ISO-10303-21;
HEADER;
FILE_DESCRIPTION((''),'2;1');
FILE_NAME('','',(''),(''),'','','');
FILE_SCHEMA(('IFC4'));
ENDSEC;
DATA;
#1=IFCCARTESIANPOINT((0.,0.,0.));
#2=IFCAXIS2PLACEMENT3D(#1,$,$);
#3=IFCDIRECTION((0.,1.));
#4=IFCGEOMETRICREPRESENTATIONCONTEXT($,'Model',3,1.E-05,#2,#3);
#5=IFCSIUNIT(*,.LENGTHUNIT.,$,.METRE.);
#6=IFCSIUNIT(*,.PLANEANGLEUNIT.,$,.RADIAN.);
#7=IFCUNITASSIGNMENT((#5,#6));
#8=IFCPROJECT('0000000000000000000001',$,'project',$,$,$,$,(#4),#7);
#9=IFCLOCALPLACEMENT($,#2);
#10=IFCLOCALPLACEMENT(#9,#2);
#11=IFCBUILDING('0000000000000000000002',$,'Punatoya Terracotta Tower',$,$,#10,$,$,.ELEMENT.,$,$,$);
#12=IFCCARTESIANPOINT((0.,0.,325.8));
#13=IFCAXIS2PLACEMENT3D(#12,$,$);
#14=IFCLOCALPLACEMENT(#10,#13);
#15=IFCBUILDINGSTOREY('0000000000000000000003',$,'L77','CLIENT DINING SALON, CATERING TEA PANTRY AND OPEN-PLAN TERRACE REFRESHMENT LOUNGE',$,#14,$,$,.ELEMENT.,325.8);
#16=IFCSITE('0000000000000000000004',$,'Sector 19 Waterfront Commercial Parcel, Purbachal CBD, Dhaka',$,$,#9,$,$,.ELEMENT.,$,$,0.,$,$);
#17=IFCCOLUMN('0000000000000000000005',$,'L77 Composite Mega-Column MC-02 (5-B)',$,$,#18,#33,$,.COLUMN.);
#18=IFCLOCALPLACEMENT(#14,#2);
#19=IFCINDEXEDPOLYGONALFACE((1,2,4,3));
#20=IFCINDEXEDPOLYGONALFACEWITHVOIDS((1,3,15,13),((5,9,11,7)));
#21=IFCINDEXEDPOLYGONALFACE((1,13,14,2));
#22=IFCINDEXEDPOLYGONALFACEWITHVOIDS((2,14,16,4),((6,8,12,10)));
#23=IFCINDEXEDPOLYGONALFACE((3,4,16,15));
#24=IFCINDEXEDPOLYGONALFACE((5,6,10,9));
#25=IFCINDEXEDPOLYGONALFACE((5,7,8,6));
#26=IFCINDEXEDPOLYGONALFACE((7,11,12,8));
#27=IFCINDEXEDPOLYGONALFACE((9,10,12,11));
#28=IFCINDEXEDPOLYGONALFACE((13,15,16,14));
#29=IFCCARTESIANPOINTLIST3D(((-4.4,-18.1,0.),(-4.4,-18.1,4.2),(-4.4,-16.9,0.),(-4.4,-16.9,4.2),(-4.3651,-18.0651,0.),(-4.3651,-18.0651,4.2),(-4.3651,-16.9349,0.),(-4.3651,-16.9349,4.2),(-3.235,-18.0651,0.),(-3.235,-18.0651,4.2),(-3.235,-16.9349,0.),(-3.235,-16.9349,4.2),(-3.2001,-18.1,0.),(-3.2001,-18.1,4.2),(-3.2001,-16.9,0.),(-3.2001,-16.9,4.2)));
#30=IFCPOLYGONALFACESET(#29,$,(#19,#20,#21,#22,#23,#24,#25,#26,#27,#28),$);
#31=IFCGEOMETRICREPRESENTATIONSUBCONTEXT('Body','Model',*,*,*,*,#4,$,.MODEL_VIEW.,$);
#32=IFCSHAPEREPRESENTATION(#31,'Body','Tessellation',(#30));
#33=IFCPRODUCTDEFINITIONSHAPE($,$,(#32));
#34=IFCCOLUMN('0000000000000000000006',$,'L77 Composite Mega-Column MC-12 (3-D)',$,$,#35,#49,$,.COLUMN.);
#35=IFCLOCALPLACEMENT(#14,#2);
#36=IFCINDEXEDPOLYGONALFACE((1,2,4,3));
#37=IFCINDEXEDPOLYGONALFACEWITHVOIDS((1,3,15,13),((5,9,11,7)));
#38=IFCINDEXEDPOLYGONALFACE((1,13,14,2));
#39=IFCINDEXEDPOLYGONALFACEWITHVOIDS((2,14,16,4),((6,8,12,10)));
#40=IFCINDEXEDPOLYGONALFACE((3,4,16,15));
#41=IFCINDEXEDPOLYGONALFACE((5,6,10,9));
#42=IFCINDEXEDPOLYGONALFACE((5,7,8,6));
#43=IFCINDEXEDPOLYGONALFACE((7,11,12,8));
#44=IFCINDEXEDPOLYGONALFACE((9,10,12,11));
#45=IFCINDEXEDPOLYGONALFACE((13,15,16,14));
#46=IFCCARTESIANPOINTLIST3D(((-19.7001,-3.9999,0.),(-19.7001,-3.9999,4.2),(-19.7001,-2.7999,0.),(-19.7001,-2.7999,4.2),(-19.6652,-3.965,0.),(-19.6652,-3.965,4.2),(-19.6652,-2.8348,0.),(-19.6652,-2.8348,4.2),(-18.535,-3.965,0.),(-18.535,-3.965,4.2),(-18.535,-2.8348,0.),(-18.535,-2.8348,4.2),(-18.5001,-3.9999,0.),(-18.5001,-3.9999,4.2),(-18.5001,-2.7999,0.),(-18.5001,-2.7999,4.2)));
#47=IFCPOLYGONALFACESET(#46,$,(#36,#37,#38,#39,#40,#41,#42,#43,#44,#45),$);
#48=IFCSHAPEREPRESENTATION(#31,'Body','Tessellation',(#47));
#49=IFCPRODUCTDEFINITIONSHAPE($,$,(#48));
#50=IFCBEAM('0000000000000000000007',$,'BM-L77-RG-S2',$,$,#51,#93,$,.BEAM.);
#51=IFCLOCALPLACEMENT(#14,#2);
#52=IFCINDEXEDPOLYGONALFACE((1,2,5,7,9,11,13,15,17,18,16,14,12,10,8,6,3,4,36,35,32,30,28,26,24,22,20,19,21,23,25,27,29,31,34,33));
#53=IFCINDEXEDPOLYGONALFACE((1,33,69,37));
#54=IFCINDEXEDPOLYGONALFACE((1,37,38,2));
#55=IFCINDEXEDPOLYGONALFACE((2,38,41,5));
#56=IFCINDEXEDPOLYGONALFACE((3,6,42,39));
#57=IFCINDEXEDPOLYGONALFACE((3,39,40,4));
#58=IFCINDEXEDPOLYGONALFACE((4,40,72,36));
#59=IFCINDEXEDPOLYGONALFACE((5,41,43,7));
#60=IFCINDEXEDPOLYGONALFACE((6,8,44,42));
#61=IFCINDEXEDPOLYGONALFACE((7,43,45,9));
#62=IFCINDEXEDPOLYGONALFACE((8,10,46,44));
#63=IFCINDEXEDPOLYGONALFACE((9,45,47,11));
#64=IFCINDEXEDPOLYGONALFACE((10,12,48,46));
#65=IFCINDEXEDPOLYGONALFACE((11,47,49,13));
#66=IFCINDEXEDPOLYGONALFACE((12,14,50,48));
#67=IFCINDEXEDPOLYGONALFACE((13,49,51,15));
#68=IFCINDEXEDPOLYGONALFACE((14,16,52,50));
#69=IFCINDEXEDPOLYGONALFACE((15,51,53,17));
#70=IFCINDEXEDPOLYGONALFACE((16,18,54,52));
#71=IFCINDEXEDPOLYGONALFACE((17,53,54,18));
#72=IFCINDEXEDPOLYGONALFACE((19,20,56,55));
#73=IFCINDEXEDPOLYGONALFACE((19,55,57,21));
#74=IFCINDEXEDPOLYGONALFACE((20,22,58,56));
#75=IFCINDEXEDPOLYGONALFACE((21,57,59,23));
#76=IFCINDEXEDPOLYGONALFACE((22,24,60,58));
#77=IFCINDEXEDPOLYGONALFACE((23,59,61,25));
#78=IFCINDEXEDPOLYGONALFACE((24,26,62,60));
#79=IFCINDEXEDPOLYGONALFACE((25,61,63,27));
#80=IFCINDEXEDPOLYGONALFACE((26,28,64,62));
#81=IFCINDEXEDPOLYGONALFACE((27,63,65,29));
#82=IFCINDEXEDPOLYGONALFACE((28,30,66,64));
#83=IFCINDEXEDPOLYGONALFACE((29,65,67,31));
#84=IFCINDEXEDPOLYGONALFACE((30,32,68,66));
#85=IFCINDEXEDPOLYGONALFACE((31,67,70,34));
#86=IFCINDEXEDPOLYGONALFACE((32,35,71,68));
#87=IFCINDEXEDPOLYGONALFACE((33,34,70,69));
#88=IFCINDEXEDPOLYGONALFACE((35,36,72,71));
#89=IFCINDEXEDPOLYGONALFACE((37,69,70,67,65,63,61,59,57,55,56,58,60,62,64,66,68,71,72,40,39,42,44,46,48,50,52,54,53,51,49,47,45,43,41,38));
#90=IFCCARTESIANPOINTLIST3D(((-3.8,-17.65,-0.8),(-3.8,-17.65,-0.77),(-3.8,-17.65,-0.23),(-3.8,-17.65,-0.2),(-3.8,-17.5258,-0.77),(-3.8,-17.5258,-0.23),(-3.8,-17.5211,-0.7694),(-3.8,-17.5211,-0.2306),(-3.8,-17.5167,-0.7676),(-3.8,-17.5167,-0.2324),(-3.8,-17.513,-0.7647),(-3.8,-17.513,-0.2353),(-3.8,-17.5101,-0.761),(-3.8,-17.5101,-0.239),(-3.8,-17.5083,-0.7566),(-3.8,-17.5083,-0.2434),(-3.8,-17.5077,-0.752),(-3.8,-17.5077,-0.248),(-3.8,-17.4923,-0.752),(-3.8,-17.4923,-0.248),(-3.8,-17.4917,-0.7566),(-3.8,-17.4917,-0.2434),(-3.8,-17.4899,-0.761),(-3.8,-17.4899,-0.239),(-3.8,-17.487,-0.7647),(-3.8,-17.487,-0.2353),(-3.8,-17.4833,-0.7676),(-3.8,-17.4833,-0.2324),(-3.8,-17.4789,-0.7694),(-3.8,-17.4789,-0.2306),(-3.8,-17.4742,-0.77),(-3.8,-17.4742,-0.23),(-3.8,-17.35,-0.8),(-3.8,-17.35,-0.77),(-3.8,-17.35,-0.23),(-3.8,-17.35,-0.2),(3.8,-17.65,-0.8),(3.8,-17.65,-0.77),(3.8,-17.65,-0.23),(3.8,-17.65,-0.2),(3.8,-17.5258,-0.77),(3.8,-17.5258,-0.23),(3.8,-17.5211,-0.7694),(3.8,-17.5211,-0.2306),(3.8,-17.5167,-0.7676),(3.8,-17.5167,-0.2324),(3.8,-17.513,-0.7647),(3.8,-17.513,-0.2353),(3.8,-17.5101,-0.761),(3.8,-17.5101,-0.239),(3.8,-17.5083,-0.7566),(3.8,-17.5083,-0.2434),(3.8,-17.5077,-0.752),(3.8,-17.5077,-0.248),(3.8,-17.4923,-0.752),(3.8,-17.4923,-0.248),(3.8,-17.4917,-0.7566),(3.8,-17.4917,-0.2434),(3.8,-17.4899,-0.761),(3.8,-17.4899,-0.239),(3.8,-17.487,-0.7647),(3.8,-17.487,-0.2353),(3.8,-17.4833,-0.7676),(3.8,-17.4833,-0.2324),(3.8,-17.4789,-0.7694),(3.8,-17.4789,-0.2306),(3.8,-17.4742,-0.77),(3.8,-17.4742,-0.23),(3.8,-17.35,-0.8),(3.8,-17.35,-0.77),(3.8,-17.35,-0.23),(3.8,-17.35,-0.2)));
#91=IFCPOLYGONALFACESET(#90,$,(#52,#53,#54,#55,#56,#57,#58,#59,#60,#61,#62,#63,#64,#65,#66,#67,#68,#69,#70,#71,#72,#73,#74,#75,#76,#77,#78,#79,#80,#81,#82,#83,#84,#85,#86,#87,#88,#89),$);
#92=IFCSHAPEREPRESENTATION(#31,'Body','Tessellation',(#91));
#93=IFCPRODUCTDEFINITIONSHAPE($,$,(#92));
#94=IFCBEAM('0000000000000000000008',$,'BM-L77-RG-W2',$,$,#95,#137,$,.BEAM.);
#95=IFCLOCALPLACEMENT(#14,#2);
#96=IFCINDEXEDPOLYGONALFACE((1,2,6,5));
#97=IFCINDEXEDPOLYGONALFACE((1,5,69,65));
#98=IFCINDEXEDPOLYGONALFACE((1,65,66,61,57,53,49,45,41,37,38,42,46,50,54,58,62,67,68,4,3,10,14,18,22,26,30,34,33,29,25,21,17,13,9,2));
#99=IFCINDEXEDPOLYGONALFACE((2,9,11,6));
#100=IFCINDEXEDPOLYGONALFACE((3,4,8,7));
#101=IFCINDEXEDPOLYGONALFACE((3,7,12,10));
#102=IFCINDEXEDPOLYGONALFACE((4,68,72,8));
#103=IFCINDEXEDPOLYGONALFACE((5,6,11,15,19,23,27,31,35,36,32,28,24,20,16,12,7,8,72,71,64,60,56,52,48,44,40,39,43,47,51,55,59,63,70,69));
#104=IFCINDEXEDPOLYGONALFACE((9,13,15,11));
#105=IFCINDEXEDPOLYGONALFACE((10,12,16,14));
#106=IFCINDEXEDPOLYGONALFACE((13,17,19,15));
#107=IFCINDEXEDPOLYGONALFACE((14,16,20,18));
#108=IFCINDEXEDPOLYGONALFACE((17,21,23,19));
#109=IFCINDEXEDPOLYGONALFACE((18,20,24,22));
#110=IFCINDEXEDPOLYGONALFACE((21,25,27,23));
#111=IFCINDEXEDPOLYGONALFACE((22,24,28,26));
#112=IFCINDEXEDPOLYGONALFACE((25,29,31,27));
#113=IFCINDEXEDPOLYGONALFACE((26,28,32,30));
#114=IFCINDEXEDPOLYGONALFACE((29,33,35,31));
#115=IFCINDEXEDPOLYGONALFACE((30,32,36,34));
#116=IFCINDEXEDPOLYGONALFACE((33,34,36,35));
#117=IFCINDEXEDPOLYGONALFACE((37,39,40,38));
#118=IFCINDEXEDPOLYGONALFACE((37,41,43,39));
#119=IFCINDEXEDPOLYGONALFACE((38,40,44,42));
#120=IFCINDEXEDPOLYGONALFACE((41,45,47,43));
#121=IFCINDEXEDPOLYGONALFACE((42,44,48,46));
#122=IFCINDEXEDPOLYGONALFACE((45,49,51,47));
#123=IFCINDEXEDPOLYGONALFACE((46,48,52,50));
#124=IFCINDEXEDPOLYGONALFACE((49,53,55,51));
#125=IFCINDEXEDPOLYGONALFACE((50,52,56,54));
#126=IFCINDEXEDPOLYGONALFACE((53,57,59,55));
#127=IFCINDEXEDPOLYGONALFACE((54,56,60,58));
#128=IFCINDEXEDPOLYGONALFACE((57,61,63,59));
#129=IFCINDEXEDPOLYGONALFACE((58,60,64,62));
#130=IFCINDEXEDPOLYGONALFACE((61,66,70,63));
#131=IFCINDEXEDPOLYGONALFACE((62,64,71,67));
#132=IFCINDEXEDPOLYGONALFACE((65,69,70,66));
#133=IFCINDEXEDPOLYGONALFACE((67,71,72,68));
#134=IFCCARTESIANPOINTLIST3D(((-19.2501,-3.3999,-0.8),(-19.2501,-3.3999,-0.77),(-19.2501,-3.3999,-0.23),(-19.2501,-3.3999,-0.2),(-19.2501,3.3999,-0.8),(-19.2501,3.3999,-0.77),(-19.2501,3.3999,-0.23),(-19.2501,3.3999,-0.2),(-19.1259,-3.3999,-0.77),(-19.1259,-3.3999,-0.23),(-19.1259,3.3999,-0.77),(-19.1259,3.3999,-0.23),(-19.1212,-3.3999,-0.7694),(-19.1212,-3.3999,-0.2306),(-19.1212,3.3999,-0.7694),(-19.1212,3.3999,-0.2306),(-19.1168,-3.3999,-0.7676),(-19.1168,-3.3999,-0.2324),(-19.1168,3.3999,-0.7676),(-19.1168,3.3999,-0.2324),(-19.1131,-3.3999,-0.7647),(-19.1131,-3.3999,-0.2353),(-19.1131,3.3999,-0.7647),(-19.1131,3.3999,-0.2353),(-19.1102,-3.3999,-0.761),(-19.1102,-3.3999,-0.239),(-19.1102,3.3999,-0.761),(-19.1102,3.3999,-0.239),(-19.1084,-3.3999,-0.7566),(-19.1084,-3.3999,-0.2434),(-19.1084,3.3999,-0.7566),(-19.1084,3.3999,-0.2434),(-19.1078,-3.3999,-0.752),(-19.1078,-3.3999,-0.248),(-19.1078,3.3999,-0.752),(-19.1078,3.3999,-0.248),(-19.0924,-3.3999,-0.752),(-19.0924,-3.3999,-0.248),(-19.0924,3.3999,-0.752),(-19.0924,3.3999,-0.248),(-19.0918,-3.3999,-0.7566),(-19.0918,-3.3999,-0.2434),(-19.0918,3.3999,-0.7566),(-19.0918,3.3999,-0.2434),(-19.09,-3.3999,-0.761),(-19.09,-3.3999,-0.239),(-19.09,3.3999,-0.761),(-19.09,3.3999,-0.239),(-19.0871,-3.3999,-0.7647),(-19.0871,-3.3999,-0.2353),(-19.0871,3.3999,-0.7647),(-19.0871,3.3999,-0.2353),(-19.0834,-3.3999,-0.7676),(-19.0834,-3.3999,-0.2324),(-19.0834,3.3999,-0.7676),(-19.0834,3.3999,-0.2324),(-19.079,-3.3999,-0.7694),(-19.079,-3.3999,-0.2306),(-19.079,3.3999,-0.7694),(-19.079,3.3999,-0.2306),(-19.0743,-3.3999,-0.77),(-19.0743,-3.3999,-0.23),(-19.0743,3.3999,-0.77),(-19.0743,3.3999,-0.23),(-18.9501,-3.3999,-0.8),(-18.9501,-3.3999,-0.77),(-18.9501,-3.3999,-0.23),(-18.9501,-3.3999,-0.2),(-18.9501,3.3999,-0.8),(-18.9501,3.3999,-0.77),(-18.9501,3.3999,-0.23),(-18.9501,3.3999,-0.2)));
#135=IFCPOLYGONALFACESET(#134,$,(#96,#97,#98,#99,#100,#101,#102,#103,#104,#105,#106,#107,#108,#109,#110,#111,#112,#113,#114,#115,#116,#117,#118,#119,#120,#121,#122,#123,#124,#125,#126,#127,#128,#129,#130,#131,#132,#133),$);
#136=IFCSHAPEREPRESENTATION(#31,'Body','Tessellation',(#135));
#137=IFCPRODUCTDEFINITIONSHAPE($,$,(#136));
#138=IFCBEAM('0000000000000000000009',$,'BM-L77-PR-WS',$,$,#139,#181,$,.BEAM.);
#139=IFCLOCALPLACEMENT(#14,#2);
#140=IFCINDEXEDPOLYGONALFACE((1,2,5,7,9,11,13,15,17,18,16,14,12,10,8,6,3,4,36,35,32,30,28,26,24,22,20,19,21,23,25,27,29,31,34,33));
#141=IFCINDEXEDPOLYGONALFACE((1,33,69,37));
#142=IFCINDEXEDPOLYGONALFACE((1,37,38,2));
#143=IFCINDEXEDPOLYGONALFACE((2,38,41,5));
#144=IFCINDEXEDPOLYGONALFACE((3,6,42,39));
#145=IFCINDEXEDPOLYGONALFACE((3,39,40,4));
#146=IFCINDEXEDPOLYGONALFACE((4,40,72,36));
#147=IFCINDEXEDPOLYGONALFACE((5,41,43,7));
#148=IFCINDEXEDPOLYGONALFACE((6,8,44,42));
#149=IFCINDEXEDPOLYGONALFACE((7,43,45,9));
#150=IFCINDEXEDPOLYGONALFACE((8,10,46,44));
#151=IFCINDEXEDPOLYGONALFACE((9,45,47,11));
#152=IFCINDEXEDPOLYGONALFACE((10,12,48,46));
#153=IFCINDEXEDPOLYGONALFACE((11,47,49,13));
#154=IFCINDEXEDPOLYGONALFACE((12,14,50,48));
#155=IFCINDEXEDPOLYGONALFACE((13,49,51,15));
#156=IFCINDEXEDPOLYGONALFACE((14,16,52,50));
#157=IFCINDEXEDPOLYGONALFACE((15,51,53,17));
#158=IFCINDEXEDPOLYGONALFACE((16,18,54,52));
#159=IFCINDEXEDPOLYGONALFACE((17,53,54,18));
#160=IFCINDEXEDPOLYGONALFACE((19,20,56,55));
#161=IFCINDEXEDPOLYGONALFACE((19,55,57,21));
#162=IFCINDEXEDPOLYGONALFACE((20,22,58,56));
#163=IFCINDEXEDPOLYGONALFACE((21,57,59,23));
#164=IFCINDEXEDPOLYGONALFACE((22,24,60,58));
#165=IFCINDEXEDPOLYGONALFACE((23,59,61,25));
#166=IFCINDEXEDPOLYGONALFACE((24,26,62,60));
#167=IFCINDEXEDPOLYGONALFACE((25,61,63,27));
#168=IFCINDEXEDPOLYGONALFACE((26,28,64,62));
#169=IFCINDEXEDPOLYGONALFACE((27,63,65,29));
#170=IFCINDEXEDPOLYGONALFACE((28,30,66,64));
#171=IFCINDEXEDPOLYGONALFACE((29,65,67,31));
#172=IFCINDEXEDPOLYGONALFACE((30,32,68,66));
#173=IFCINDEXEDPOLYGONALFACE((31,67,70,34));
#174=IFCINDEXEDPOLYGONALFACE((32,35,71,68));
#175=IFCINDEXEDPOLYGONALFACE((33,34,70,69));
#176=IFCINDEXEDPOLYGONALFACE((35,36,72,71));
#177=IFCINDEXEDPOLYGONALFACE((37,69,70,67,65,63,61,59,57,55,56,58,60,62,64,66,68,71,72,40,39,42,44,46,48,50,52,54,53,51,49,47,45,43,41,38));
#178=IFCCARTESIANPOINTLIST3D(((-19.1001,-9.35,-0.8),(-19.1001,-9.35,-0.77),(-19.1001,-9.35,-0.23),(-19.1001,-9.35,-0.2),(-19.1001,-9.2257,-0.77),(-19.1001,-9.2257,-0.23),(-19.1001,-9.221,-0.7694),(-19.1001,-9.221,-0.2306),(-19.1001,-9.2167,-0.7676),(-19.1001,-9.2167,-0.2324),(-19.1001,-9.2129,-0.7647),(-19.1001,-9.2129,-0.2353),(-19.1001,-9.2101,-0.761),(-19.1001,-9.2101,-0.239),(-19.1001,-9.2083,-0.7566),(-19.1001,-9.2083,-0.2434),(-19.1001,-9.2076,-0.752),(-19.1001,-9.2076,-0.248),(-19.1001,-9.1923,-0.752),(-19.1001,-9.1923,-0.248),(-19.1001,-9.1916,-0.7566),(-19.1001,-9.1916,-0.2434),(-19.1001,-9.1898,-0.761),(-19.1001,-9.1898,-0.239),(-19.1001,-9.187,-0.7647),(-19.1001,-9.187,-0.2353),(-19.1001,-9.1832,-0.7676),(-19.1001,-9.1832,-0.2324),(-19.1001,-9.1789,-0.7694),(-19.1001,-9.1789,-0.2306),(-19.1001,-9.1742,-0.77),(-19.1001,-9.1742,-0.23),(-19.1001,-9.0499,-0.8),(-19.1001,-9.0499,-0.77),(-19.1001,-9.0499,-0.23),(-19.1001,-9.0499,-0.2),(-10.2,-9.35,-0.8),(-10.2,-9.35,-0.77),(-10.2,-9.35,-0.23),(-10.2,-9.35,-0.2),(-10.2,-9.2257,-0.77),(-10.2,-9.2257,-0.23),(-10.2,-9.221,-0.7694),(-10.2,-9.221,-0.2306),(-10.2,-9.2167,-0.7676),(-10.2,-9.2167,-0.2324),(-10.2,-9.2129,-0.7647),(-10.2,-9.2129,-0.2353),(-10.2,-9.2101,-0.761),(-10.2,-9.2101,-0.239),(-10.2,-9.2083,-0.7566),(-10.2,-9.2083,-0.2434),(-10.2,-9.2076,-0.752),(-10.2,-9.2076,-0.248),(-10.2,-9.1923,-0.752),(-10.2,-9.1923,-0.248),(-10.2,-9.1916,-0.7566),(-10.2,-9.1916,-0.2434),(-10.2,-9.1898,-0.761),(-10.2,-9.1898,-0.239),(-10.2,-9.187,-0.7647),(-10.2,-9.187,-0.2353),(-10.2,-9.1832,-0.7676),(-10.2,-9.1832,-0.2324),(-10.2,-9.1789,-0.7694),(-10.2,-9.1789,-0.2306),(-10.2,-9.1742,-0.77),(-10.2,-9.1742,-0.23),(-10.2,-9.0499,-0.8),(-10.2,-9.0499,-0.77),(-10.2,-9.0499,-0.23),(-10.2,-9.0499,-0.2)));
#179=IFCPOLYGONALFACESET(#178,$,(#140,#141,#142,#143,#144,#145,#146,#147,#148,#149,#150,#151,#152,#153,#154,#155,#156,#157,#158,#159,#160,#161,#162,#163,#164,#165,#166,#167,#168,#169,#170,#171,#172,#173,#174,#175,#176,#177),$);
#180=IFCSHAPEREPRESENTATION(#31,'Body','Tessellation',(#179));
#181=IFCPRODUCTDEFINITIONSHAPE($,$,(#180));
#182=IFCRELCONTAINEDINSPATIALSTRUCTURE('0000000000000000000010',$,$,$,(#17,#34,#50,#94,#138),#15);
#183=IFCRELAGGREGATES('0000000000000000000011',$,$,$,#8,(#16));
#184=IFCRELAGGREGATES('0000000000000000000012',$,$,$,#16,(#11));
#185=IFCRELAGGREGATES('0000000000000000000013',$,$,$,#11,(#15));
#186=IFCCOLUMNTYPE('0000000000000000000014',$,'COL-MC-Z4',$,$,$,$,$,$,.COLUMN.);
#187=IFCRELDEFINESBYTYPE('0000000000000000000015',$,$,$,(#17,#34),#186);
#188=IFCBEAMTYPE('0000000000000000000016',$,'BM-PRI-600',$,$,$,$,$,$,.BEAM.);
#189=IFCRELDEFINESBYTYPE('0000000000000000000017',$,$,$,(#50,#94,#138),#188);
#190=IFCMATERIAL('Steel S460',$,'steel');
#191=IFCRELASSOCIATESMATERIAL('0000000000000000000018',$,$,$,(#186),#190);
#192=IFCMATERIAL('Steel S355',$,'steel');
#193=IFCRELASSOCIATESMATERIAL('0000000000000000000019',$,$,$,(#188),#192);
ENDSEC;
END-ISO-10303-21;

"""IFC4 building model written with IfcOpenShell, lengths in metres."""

from ifc_helpers import new_model, si_unit, direction, frame, origin, origin_2d, place, context, subcontext, project, spatial, hollow_rectangle, i_section, extrude, material, material_profile, profile_set, type_object, element, save


model = new_model("IFC4")

# Units and contexts
model_context = context("Model", 3, precision=1e-05, world=origin(), true_north=direction((0.0, 1.0)))
body_context = subcontext(model_context, "Body", "Model", "MODEL_VIEW")
ifc_project = project(units=[si_unit("LENGTHUNIT", "METRE"), si_unit("PLANEANGLEUNIT", "RADIAN")], contexts=[model_context])

# Site, building, storey
site_placement = place(None, origin())
site = spatial("IfcSite", under=ifc_project, at=site_placement, Name="Sector 19 Waterfront Commercial Parcel, Purbachal CBD, Dhaka", CompositionType="ELEMENT", RefElevation=0.0)
building_placement = place(site_placement, origin())
building = spatial("IfcBuilding", under=site, at=building_placement, Name="Punatoya Terracotta Tower", CompositionType="ELEMENT")
storey_placement = place(building_placement, frame((0.0, 0.0, 325.8)))
storey = spatial("IfcBuildingStorey", under=building, at=storey_placement, Name="L77", Description="CLIENT DINING SALON, CATERING TEA PANTRY AND OPEN-PLAN TERRACE REFRESHMENT LOUNGE", CompositionType="ELEMENT", Elevation=325.8)

# Columns
ifc_material_1 = material(Name="Steel S460", Category="steel")
ifc_material_profile_1 = material_profile(ifc_material_1, hollow_rectangle(XDim=1.2, YDim=1.2, WallThickness=0.0349, at=origin_2d()))
ifc_profile_set_1 = profile_set([ifc_material_profile_1], Name="Steel S460")
column_type = type_object("IfcColumnType", Name="COL-MC-Z4", PredefinedType="COLUMN", material=ifc_profile_set_1)
for number, where, z_axis, x_axis, name in (
    (1, (-3.8, -17.5, 0.0), (0.0, 0.0, 1.0), (1.0, 0.0, 0.0), "L77 Composite Mega-Column MC-02 (5-B)"),
    (2, (-19.1001, -3.3999, 0.0), (0.0, 0.0, 1.0), (1.0, 0.0, 0.0), "L77 Composite Mega-Column MC-12 (3-D)"),
):
    element("IfcColumn", number, at=place(storey_placement, frame(where, z_axis=z_axis, x_axis=x_axis)), inside=storey, type_object=column_type, Name=name, PredefinedType="COLUMN", context=body_context, shape_type="SweptSolid", body=[
        extrude(hollow_rectangle(XDim=1.2, YDim=1.2, WallThickness=0.0349, at=origin_2d()), origin(), (0.0, 0.0, 1.0), 4.2),
    ])

# Beams
ifc_material_2 = material(Name="Steel S355", Category="steel")
ifc_material_profile_2 = material_profile(ifc_material_2, i_section(OverallWidth=0.3, OverallDepth=0.6001, WebThickness=0.0154, FlangeThickness=0.03, FilletRadius=0.0181, at=origin_2d()))
ifc_profile_set_2 = profile_set([ifc_material_profile_2], Name="Steel S355")
beam_type_1 = type_object("IfcBeamType", Name="BM-PRI-600", PredefinedType="BEAM", material=ifc_profile_set_2)
beam_1_placement = place(storey_placement, frame((-3.8, -17.5, -0.5), z_axis=(1.0, 0.0, 0.0), x_axis=(0.0, 1.0, 0.0)))
element("IfcBeam", 3, at=beam_1_placement, inside=storey, type_object=beam_type_1, Name="BM-L77-RG-S2", PredefinedType="BEAM", context=body_context, shape_type="SweptSolid", body=[
    extrude(i_section(OverallWidth=0.3, OverallDepth=0.6001, WebThickness=0.0154, FlangeThickness=0.03, FilletRadius=0.0181, at=origin_2d()), origin(), (0.0, 0.0, 1.0), 7.6001),
])
beam_2_placement = place(storey_placement, frame((-19.1001, -3.3999, -0.5), z_axis=(0.0, 1.0, 0.0), x_axis=(-1.0, 0.0, 0.0)))
element("IfcBeam", 4, at=beam_2_placement, inside=storey, type_object=beam_type_1, Name="BM-L77-RG-W2", PredefinedType="BEAM", context=body_context, shape_type="SweptSolid", body=[
    extrude(i_section(OverallWidth=0.3, OverallDepth=0.6001, WebThickness=0.0154, FlangeThickness=0.03, FilletRadius=0.0181, at=origin_2d()), origin(), (0.0, 0.0, 1.0), 6.7998),
])
for number, where, z_axis, x_axis, name in (
    (5, (-19.1001, -9.2, -0.5), (1.0, 0.0, 0.0), (0.0, 1.0, 0.0), "BM-L77-PR-WS"),
):
    element("IfcBeam", number, at=place(storey_placement, frame(where, z_axis=z_axis, x_axis=x_axis)), inside=storey, type_object=beam_type_1, Name=name, PredefinedType="BEAM", context=body_context, shape_type="SweptSolid", body=[
        extrude(i_section(OverallWidth=0.3, OverallDepth=0.6001, WebThickness=0.0154, FlangeThickness=0.03, FilletRadius=0.0181, at=origin_2d()), origin(), (0.0, 0.0, 1.0), 8.9001),
    ])

save(model, "model.ifc")
